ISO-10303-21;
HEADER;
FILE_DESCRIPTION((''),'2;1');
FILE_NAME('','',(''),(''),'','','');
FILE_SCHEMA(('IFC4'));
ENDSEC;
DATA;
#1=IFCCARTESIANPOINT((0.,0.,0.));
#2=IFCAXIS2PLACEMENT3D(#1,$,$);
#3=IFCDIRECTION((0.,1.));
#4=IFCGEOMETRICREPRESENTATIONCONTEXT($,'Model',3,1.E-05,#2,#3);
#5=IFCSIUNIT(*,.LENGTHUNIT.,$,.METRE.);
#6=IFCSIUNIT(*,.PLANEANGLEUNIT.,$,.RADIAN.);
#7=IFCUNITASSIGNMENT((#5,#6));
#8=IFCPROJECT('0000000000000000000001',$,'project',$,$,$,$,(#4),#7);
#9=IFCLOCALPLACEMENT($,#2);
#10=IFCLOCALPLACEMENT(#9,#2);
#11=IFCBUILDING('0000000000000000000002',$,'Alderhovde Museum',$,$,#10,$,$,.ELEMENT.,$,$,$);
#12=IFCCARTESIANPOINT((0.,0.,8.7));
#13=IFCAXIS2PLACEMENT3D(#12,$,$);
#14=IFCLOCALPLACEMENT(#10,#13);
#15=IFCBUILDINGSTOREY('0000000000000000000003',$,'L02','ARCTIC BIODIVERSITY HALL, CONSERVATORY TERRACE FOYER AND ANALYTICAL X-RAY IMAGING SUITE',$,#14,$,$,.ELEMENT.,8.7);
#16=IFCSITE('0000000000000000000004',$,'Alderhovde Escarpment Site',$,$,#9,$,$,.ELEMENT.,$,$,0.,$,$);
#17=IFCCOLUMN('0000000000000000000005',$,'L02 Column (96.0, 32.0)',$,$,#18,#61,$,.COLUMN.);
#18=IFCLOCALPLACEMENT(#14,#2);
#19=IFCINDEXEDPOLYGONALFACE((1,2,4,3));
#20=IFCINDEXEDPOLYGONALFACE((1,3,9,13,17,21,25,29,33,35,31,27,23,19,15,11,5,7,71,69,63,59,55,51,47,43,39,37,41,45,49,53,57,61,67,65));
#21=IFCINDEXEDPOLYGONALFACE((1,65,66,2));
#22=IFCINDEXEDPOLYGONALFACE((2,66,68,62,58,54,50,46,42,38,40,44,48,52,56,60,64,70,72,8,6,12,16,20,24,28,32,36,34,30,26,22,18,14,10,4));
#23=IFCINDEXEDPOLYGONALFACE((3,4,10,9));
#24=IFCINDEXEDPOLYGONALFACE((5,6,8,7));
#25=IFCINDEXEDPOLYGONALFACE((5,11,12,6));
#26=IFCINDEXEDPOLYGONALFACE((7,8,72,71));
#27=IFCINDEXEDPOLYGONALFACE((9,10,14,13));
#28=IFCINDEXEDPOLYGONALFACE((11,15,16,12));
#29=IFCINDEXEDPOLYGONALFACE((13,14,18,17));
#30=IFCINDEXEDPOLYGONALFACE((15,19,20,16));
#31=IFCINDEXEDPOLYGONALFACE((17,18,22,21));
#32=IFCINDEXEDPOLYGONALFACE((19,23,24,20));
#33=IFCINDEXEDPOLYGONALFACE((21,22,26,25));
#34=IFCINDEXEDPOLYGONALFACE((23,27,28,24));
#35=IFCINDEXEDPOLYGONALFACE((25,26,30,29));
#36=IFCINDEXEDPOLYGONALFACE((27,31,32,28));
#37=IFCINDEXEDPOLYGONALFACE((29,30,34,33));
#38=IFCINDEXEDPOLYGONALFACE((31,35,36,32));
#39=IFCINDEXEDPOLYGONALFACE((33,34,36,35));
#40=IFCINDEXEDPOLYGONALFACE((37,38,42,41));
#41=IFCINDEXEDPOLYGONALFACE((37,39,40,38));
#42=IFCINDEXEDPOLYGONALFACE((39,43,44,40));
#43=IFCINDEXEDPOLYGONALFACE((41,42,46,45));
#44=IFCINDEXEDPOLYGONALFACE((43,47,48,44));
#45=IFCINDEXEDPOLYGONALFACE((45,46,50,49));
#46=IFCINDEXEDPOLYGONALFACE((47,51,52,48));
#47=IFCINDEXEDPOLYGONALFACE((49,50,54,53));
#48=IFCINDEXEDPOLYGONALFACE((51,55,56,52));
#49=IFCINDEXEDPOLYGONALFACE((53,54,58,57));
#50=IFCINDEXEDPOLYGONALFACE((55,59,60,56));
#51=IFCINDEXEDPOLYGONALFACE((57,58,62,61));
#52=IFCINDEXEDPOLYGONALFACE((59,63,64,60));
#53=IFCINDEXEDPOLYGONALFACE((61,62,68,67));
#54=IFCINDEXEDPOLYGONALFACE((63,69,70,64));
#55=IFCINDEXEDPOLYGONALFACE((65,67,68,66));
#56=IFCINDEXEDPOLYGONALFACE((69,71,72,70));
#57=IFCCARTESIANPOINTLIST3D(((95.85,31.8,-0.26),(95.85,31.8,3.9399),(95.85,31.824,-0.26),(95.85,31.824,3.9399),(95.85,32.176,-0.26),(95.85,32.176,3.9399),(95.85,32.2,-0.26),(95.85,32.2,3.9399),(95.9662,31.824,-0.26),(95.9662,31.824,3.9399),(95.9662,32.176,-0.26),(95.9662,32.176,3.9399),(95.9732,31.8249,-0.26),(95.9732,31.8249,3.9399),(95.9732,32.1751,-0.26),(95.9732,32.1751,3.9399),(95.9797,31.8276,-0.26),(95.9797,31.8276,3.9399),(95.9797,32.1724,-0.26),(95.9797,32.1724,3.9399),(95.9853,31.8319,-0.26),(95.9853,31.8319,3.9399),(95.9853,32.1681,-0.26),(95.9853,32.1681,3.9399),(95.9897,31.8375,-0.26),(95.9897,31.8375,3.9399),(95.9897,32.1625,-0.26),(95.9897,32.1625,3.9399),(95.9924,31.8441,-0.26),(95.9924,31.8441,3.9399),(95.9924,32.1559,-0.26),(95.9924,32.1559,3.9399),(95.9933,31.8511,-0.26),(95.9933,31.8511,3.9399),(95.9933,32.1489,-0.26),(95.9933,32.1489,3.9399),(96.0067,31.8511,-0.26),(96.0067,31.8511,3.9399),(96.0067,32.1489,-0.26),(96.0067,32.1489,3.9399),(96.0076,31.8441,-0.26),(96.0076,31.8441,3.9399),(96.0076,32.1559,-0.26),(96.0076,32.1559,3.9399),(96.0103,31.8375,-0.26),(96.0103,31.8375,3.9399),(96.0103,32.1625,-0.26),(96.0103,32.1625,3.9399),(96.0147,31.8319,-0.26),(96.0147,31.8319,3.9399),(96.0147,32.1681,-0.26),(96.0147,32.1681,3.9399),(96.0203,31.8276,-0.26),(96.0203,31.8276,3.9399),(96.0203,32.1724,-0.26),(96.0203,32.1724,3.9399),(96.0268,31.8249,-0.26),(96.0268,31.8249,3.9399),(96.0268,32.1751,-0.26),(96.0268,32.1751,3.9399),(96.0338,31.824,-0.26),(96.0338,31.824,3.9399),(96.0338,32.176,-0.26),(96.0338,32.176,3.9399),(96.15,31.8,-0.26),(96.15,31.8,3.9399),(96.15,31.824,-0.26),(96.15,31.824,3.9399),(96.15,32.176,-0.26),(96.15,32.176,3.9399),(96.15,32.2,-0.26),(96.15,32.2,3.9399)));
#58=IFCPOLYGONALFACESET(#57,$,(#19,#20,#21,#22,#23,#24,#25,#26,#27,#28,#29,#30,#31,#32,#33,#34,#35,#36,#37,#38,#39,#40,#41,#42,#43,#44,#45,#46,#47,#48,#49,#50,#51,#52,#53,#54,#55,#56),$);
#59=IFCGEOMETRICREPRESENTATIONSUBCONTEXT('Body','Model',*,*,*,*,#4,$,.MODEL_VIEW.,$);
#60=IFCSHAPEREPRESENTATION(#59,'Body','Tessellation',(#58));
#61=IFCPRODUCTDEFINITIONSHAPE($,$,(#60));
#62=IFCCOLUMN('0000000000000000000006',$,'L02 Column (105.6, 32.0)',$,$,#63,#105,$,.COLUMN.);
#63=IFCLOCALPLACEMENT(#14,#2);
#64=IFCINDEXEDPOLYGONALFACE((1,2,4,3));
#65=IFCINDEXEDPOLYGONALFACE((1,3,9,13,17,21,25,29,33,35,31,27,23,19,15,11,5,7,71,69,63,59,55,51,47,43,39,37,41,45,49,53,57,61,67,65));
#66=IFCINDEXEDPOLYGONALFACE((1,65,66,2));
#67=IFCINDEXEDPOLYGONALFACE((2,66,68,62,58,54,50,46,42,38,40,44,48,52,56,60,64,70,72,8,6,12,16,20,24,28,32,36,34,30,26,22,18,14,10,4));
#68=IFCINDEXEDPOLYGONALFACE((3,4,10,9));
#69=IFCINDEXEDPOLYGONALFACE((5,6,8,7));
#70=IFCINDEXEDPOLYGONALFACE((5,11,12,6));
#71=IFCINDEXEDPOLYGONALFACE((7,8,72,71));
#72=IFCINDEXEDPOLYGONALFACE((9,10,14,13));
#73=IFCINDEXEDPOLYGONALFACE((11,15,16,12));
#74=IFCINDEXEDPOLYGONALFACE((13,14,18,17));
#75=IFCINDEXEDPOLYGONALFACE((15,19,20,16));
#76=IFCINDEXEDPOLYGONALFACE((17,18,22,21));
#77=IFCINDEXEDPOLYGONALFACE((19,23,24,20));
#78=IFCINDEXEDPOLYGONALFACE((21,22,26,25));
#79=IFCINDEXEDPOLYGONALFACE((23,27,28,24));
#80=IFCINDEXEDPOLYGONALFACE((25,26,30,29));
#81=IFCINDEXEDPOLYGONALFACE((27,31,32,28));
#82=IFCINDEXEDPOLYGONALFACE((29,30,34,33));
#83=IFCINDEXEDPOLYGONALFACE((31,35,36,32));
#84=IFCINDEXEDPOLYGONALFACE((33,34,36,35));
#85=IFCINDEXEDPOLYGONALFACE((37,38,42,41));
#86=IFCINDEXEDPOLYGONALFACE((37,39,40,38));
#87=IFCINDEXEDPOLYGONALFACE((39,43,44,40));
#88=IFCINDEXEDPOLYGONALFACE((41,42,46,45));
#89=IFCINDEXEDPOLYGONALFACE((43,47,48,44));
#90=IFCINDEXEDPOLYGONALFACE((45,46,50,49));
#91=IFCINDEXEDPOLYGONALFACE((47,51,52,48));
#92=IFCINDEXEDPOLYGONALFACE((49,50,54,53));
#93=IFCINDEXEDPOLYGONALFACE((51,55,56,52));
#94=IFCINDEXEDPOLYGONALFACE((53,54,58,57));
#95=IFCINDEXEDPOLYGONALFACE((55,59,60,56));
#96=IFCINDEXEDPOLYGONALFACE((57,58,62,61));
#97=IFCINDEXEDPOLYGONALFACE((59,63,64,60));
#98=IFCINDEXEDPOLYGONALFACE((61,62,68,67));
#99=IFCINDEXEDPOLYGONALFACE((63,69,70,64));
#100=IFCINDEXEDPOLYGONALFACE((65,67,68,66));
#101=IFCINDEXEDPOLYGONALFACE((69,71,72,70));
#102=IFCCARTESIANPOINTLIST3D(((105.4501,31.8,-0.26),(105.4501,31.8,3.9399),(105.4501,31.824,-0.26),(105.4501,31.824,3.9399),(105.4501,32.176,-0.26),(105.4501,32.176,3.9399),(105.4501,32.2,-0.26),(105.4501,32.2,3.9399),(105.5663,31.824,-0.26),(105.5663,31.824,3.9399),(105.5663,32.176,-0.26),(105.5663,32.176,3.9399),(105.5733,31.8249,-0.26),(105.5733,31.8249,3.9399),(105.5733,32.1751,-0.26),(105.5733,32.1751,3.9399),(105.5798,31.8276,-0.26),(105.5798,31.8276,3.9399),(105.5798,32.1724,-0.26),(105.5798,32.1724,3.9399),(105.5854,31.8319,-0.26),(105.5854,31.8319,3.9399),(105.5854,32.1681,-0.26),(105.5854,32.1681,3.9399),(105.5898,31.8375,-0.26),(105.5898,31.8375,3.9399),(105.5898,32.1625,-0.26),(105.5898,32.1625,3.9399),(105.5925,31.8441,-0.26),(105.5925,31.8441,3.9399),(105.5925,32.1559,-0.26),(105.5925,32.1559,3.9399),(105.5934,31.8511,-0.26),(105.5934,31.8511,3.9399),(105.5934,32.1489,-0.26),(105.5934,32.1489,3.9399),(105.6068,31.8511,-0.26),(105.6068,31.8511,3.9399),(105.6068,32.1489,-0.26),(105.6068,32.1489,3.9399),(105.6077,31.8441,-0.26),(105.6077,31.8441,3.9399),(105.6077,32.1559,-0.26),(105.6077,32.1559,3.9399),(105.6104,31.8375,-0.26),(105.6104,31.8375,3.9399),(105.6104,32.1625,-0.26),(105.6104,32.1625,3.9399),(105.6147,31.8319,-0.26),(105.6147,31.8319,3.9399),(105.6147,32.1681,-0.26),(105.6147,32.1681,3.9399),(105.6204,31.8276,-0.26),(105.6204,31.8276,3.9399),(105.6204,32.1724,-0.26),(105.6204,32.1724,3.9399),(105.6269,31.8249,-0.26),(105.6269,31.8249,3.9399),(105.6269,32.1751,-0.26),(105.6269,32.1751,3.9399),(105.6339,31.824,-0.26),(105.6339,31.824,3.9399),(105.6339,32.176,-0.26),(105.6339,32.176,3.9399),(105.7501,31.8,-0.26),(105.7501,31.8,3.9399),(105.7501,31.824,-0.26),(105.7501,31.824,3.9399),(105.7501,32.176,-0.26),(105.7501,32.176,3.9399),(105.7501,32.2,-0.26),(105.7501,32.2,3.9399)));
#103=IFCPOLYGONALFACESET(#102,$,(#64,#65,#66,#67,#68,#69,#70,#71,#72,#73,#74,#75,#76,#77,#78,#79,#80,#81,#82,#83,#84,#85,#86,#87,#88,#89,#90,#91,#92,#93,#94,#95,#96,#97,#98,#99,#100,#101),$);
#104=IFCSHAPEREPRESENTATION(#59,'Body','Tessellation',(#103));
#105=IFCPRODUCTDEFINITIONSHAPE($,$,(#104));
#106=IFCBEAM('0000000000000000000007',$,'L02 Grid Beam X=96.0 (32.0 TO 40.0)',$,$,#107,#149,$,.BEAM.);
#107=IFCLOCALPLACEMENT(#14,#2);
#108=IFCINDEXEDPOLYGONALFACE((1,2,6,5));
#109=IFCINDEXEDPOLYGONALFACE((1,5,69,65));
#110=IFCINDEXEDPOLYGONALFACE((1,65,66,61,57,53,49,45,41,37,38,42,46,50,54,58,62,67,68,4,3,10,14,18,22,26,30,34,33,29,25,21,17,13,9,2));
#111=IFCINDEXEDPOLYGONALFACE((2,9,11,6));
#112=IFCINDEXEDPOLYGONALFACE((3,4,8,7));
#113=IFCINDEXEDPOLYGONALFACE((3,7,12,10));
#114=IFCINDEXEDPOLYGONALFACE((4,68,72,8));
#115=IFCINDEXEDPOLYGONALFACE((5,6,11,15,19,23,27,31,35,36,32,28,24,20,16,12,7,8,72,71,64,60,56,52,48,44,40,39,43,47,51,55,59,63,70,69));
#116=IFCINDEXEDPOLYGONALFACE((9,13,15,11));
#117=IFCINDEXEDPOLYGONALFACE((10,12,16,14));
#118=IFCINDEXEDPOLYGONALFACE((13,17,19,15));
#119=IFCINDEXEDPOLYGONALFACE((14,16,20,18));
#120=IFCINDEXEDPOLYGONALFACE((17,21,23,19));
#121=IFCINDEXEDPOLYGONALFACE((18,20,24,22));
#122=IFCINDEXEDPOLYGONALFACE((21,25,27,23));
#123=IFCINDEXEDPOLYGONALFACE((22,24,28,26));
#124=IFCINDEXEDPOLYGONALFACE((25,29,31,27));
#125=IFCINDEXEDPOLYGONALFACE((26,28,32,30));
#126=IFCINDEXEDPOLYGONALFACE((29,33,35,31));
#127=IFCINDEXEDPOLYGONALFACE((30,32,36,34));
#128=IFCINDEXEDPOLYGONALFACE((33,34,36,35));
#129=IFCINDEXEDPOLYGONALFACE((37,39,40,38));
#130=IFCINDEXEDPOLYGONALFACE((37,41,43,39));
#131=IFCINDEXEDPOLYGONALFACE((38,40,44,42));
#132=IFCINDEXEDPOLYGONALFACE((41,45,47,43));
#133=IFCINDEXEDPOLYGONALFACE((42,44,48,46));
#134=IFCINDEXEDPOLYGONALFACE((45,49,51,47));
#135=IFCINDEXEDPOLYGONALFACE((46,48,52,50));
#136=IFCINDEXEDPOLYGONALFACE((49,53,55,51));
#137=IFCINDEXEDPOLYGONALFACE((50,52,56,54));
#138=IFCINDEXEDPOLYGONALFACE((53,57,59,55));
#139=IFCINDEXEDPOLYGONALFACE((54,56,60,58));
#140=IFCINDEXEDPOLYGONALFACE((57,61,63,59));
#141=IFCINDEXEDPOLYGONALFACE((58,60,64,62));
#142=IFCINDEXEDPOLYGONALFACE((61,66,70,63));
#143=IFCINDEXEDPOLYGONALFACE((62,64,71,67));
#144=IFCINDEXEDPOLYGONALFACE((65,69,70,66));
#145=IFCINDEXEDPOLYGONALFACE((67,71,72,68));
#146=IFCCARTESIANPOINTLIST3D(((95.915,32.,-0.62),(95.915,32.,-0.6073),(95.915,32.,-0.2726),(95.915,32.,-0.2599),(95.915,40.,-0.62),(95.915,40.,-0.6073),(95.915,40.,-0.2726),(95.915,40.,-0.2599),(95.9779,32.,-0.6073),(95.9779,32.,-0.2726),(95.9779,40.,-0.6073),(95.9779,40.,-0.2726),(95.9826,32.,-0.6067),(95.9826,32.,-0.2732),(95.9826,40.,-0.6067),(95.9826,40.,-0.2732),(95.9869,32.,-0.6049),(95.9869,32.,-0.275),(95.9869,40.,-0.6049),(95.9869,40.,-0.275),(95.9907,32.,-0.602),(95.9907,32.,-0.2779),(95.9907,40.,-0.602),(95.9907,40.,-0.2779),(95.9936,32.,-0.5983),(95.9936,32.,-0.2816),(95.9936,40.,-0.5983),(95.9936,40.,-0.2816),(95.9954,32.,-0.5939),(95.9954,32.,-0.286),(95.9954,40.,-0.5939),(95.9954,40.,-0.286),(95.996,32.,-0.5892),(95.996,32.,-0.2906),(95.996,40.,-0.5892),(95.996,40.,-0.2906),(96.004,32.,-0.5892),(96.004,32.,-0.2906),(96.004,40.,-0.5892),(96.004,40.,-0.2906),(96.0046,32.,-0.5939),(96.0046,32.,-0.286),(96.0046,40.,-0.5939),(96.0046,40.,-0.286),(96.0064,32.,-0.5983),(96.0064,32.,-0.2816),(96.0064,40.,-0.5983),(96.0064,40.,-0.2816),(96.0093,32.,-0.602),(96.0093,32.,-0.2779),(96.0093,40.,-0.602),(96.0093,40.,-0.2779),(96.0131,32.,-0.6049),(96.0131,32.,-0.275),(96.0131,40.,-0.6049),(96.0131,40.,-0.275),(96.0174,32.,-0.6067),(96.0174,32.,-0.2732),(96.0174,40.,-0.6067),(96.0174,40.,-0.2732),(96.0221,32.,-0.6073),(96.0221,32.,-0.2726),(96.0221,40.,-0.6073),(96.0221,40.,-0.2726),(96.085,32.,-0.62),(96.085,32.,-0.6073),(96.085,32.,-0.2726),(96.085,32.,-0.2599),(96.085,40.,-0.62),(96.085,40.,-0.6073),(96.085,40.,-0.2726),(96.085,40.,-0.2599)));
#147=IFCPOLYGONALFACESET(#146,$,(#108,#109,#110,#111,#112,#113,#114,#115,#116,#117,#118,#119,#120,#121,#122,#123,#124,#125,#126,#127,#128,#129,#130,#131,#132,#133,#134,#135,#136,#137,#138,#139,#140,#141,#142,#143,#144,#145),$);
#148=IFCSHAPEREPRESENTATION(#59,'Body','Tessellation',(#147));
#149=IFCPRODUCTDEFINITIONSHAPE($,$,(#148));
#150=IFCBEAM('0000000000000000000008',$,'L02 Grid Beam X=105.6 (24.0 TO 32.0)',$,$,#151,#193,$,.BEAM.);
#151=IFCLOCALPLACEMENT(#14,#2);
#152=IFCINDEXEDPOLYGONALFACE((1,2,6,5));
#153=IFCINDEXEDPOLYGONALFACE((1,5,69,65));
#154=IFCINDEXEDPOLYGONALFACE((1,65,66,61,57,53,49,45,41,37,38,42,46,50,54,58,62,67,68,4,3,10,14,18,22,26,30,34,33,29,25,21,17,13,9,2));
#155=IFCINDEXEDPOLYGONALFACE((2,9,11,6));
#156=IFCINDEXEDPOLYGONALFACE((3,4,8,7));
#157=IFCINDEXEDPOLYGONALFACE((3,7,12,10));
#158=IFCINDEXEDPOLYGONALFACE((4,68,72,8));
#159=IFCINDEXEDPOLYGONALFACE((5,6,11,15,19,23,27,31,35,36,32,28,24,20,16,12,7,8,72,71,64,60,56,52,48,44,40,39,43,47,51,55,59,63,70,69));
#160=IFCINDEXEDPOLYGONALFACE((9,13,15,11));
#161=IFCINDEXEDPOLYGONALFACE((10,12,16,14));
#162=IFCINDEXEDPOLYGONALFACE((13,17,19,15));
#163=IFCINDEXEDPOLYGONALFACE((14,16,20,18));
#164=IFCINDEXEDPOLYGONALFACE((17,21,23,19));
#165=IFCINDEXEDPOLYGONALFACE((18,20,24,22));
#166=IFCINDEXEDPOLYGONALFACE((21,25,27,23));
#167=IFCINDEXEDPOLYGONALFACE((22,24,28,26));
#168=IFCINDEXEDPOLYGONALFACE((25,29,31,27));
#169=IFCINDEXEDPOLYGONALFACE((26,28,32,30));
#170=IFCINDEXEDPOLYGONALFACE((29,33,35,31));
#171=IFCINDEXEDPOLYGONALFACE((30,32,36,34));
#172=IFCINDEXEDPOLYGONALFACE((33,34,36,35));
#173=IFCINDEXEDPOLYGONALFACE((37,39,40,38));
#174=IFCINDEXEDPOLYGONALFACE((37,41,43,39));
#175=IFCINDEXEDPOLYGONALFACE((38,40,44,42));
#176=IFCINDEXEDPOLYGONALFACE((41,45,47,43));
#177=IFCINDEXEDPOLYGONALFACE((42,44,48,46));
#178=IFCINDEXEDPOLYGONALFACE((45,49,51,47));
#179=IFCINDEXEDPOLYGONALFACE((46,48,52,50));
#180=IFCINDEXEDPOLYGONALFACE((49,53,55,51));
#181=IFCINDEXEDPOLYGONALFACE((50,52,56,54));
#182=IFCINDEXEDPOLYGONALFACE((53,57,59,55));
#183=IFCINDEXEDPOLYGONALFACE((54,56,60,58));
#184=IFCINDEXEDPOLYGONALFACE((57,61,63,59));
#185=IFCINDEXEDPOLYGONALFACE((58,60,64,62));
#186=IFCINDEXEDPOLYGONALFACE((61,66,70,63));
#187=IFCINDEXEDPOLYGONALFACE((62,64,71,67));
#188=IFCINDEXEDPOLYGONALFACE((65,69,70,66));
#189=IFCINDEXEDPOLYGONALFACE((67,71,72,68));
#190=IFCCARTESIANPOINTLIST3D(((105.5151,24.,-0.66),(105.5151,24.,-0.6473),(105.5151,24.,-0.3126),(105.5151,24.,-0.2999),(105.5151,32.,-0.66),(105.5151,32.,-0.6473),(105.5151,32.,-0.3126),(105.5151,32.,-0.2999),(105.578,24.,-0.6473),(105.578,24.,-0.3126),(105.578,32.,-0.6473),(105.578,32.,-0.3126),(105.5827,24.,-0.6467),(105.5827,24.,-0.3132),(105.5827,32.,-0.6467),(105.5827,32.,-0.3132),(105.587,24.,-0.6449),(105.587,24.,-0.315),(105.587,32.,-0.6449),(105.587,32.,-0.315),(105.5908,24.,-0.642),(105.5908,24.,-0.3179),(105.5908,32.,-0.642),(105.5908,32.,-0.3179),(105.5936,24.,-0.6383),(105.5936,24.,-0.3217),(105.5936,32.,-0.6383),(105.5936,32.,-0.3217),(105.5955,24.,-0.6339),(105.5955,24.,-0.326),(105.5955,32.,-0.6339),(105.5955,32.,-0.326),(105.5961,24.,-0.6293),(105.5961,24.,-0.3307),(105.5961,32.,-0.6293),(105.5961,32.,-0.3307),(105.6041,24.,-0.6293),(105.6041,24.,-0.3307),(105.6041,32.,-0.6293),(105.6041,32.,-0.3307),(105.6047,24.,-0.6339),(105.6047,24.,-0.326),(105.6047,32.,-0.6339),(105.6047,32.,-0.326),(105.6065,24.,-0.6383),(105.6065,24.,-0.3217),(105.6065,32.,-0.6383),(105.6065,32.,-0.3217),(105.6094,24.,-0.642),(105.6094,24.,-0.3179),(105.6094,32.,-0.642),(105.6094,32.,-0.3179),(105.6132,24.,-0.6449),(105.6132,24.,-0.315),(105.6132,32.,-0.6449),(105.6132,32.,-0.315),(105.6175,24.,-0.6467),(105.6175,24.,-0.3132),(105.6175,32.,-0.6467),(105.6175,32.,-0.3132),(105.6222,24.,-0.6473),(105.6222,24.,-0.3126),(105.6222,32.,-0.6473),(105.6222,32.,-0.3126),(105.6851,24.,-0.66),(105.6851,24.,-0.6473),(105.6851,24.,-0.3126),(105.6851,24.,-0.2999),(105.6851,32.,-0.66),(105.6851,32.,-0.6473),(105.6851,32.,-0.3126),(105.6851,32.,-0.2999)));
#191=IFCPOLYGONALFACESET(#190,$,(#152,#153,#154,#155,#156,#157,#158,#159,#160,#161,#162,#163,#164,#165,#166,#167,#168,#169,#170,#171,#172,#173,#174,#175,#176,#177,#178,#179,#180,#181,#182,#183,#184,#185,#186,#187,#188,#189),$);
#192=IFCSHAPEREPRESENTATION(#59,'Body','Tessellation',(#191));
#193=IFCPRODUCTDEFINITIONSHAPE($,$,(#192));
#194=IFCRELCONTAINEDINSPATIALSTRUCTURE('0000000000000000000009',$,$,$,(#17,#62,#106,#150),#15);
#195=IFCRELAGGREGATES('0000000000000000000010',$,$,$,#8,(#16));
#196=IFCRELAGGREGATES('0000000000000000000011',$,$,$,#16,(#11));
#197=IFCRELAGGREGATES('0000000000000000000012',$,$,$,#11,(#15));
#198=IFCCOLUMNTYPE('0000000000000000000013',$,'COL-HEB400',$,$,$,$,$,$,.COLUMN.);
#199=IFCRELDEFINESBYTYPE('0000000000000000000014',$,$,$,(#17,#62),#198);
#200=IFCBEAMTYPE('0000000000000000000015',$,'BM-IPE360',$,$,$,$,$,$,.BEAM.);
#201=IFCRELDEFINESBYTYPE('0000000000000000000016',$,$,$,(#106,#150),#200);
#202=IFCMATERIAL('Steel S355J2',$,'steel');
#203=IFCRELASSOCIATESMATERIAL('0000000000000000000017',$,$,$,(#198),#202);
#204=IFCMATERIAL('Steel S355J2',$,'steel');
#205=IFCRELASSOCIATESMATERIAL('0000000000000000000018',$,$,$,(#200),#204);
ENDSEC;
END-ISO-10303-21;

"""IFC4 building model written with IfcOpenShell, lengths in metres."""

from ifc_helpers import new_model, si_unit, direction, frame, origin, origin_2d, place, context, subcontext, project, spatial, i_section, extrude, material, material_profile, profile_set, type_object, element, save


model = new_model("IFC4")

# Units and contexts
model_context = context("Model", 3, precision=1e-05, world=origin(), true_north=direction((0.0, 1.0)))
body_context = subcontext(model_context, "Body", "Model", "MODEL_VIEW")
ifc_project = project(units=[si_unit("LENGTHUNIT", "METRE"), si_unit("PLANEANGLEUNIT", "RADIAN")], contexts=[model_context])

# Site, building, storey
site_placement = place(None, origin())
site = spatial("IfcSite", under=ifc_project, at=site_placement, Name="Alderhovde Escarpment Site", CompositionType="ELEMENT", RefElevation=0.0)
building_placement = place(site_placement, origin())
building = spatial("IfcBuilding", under=site, at=building_placement, Name="Alderhovde Museum", CompositionType="ELEMENT")
storey_placement = place(building_placement, frame((0.0, 0.0, 8.7)))
storey = spatial("IfcBuildingStorey", under=building, at=storey_placement, Name="L02", Description="ARCTIC BIODIVERSITY HALL, CONSERVATORY TERRACE FOYER AND ANALYTICAL X-RAY IMAGING SUITE", CompositionType="ELEMENT", Elevation=8.7)

# Columns
ifc_material_1 = material(Name="Steel S355J2", Category="steel")
ifc_material_profile_1 = material_profile(ifc_material_1, i_section(OverallWidth=0.3, OverallDepth=0.3999, WebThickness=0.0134, FlangeThickness=0.0239, FilletRadius=0.0271, at=origin_2d()), Name="HEB 400")
ifc_profile_set_1 = profile_set([ifc_material_profile_1], Name="Steel S355J2")
column_type = type_object("IfcColumnType", Name="COL-HEB400", PredefinedType="COLUMN", material=ifc_profile_set_1)
for number, where, z_axis, x_axis, name in (
    (1, (96.0, 32.0, -0.26), (0.0, 0.0, 1.0), (1.0, 0.0, 0.0), "L02 Column (96.0, 32.0)"),
    (2, (105.6001, 32.0, -0.26), (0.0, 0.0, 1.0), (1.0, 0.0, 0.0), "L02 Column (105.6, 32.0)"),
):
    element("IfcColumn", number, at=place(storey_placement, frame(where, z_axis=z_axis, x_axis=x_axis)), inside=storey, type_object=column_type, Name=name, PredefinedType="COLUMN", context=body_context, shape_type="SweptSolid", body=[
        extrude(i_section(OverallWidth=0.3, OverallDepth=0.3999, WebThickness=0.0134, FlangeThickness=0.0239, FilletRadius=0.0271, at=origin_2d()), origin(), (0.0, 0.0, 1.0), 4.2),
    ])

# Beams
ifc_material_2 = material(Name="Steel S355J2", Category="steel")
ifc_material_profile_2 = material_profile(ifc_material_2, i_section(OverallWidth=0.1699, OverallDepth=0.3601, WebThickness=0.0081, FlangeThickness=0.0127, FilletRadius=0.0181, at=origin_2d()), Name="IPE 360")
ifc_profile_set_2 = profile_set([ifc_material_profile_2], Name="Steel S355J2")
beam_type_1 = type_object("IfcBeamType", Name="BM-IPE360", PredefinedType="BEAM", material=ifc_profile_set_2)
for number, where, z_axis, x_axis, name in (
    (3, (96.0, 32.0, -0.4399), (0.0, 1.0, 0.0), (-1.0, 0.0, 0.0), "L02 Grid Beam X=96.0 (32.0 TO 40.0)"),
    (4, (105.6001, 24.0, -0.48), (0.0, 1.0, 0.0), (-1.0, 0.0, 0.0), "L02 Grid Beam X=105.6 (24.0 TO 32.0)"),
):
    element("IfcBeam", number, at=place(storey_placement, frame(where, z_axis=z_axis, x_axis=x_axis)), inside=storey, type_object=beam_type_1, Name=name, PredefinedType="BEAM", context=body_context, shape_type="SweptSolid", body=[
        extrude(i_section(OverallWidth=0.1699, OverallDepth=0.3601, WebThickness=0.0081, FlangeThickness=0.0127, FilletRadius=0.0181, at=origin_2d()), origin(), (0.0, 0.0, 1.0), 8.0),
    ])

save(model, "model.ifc")
